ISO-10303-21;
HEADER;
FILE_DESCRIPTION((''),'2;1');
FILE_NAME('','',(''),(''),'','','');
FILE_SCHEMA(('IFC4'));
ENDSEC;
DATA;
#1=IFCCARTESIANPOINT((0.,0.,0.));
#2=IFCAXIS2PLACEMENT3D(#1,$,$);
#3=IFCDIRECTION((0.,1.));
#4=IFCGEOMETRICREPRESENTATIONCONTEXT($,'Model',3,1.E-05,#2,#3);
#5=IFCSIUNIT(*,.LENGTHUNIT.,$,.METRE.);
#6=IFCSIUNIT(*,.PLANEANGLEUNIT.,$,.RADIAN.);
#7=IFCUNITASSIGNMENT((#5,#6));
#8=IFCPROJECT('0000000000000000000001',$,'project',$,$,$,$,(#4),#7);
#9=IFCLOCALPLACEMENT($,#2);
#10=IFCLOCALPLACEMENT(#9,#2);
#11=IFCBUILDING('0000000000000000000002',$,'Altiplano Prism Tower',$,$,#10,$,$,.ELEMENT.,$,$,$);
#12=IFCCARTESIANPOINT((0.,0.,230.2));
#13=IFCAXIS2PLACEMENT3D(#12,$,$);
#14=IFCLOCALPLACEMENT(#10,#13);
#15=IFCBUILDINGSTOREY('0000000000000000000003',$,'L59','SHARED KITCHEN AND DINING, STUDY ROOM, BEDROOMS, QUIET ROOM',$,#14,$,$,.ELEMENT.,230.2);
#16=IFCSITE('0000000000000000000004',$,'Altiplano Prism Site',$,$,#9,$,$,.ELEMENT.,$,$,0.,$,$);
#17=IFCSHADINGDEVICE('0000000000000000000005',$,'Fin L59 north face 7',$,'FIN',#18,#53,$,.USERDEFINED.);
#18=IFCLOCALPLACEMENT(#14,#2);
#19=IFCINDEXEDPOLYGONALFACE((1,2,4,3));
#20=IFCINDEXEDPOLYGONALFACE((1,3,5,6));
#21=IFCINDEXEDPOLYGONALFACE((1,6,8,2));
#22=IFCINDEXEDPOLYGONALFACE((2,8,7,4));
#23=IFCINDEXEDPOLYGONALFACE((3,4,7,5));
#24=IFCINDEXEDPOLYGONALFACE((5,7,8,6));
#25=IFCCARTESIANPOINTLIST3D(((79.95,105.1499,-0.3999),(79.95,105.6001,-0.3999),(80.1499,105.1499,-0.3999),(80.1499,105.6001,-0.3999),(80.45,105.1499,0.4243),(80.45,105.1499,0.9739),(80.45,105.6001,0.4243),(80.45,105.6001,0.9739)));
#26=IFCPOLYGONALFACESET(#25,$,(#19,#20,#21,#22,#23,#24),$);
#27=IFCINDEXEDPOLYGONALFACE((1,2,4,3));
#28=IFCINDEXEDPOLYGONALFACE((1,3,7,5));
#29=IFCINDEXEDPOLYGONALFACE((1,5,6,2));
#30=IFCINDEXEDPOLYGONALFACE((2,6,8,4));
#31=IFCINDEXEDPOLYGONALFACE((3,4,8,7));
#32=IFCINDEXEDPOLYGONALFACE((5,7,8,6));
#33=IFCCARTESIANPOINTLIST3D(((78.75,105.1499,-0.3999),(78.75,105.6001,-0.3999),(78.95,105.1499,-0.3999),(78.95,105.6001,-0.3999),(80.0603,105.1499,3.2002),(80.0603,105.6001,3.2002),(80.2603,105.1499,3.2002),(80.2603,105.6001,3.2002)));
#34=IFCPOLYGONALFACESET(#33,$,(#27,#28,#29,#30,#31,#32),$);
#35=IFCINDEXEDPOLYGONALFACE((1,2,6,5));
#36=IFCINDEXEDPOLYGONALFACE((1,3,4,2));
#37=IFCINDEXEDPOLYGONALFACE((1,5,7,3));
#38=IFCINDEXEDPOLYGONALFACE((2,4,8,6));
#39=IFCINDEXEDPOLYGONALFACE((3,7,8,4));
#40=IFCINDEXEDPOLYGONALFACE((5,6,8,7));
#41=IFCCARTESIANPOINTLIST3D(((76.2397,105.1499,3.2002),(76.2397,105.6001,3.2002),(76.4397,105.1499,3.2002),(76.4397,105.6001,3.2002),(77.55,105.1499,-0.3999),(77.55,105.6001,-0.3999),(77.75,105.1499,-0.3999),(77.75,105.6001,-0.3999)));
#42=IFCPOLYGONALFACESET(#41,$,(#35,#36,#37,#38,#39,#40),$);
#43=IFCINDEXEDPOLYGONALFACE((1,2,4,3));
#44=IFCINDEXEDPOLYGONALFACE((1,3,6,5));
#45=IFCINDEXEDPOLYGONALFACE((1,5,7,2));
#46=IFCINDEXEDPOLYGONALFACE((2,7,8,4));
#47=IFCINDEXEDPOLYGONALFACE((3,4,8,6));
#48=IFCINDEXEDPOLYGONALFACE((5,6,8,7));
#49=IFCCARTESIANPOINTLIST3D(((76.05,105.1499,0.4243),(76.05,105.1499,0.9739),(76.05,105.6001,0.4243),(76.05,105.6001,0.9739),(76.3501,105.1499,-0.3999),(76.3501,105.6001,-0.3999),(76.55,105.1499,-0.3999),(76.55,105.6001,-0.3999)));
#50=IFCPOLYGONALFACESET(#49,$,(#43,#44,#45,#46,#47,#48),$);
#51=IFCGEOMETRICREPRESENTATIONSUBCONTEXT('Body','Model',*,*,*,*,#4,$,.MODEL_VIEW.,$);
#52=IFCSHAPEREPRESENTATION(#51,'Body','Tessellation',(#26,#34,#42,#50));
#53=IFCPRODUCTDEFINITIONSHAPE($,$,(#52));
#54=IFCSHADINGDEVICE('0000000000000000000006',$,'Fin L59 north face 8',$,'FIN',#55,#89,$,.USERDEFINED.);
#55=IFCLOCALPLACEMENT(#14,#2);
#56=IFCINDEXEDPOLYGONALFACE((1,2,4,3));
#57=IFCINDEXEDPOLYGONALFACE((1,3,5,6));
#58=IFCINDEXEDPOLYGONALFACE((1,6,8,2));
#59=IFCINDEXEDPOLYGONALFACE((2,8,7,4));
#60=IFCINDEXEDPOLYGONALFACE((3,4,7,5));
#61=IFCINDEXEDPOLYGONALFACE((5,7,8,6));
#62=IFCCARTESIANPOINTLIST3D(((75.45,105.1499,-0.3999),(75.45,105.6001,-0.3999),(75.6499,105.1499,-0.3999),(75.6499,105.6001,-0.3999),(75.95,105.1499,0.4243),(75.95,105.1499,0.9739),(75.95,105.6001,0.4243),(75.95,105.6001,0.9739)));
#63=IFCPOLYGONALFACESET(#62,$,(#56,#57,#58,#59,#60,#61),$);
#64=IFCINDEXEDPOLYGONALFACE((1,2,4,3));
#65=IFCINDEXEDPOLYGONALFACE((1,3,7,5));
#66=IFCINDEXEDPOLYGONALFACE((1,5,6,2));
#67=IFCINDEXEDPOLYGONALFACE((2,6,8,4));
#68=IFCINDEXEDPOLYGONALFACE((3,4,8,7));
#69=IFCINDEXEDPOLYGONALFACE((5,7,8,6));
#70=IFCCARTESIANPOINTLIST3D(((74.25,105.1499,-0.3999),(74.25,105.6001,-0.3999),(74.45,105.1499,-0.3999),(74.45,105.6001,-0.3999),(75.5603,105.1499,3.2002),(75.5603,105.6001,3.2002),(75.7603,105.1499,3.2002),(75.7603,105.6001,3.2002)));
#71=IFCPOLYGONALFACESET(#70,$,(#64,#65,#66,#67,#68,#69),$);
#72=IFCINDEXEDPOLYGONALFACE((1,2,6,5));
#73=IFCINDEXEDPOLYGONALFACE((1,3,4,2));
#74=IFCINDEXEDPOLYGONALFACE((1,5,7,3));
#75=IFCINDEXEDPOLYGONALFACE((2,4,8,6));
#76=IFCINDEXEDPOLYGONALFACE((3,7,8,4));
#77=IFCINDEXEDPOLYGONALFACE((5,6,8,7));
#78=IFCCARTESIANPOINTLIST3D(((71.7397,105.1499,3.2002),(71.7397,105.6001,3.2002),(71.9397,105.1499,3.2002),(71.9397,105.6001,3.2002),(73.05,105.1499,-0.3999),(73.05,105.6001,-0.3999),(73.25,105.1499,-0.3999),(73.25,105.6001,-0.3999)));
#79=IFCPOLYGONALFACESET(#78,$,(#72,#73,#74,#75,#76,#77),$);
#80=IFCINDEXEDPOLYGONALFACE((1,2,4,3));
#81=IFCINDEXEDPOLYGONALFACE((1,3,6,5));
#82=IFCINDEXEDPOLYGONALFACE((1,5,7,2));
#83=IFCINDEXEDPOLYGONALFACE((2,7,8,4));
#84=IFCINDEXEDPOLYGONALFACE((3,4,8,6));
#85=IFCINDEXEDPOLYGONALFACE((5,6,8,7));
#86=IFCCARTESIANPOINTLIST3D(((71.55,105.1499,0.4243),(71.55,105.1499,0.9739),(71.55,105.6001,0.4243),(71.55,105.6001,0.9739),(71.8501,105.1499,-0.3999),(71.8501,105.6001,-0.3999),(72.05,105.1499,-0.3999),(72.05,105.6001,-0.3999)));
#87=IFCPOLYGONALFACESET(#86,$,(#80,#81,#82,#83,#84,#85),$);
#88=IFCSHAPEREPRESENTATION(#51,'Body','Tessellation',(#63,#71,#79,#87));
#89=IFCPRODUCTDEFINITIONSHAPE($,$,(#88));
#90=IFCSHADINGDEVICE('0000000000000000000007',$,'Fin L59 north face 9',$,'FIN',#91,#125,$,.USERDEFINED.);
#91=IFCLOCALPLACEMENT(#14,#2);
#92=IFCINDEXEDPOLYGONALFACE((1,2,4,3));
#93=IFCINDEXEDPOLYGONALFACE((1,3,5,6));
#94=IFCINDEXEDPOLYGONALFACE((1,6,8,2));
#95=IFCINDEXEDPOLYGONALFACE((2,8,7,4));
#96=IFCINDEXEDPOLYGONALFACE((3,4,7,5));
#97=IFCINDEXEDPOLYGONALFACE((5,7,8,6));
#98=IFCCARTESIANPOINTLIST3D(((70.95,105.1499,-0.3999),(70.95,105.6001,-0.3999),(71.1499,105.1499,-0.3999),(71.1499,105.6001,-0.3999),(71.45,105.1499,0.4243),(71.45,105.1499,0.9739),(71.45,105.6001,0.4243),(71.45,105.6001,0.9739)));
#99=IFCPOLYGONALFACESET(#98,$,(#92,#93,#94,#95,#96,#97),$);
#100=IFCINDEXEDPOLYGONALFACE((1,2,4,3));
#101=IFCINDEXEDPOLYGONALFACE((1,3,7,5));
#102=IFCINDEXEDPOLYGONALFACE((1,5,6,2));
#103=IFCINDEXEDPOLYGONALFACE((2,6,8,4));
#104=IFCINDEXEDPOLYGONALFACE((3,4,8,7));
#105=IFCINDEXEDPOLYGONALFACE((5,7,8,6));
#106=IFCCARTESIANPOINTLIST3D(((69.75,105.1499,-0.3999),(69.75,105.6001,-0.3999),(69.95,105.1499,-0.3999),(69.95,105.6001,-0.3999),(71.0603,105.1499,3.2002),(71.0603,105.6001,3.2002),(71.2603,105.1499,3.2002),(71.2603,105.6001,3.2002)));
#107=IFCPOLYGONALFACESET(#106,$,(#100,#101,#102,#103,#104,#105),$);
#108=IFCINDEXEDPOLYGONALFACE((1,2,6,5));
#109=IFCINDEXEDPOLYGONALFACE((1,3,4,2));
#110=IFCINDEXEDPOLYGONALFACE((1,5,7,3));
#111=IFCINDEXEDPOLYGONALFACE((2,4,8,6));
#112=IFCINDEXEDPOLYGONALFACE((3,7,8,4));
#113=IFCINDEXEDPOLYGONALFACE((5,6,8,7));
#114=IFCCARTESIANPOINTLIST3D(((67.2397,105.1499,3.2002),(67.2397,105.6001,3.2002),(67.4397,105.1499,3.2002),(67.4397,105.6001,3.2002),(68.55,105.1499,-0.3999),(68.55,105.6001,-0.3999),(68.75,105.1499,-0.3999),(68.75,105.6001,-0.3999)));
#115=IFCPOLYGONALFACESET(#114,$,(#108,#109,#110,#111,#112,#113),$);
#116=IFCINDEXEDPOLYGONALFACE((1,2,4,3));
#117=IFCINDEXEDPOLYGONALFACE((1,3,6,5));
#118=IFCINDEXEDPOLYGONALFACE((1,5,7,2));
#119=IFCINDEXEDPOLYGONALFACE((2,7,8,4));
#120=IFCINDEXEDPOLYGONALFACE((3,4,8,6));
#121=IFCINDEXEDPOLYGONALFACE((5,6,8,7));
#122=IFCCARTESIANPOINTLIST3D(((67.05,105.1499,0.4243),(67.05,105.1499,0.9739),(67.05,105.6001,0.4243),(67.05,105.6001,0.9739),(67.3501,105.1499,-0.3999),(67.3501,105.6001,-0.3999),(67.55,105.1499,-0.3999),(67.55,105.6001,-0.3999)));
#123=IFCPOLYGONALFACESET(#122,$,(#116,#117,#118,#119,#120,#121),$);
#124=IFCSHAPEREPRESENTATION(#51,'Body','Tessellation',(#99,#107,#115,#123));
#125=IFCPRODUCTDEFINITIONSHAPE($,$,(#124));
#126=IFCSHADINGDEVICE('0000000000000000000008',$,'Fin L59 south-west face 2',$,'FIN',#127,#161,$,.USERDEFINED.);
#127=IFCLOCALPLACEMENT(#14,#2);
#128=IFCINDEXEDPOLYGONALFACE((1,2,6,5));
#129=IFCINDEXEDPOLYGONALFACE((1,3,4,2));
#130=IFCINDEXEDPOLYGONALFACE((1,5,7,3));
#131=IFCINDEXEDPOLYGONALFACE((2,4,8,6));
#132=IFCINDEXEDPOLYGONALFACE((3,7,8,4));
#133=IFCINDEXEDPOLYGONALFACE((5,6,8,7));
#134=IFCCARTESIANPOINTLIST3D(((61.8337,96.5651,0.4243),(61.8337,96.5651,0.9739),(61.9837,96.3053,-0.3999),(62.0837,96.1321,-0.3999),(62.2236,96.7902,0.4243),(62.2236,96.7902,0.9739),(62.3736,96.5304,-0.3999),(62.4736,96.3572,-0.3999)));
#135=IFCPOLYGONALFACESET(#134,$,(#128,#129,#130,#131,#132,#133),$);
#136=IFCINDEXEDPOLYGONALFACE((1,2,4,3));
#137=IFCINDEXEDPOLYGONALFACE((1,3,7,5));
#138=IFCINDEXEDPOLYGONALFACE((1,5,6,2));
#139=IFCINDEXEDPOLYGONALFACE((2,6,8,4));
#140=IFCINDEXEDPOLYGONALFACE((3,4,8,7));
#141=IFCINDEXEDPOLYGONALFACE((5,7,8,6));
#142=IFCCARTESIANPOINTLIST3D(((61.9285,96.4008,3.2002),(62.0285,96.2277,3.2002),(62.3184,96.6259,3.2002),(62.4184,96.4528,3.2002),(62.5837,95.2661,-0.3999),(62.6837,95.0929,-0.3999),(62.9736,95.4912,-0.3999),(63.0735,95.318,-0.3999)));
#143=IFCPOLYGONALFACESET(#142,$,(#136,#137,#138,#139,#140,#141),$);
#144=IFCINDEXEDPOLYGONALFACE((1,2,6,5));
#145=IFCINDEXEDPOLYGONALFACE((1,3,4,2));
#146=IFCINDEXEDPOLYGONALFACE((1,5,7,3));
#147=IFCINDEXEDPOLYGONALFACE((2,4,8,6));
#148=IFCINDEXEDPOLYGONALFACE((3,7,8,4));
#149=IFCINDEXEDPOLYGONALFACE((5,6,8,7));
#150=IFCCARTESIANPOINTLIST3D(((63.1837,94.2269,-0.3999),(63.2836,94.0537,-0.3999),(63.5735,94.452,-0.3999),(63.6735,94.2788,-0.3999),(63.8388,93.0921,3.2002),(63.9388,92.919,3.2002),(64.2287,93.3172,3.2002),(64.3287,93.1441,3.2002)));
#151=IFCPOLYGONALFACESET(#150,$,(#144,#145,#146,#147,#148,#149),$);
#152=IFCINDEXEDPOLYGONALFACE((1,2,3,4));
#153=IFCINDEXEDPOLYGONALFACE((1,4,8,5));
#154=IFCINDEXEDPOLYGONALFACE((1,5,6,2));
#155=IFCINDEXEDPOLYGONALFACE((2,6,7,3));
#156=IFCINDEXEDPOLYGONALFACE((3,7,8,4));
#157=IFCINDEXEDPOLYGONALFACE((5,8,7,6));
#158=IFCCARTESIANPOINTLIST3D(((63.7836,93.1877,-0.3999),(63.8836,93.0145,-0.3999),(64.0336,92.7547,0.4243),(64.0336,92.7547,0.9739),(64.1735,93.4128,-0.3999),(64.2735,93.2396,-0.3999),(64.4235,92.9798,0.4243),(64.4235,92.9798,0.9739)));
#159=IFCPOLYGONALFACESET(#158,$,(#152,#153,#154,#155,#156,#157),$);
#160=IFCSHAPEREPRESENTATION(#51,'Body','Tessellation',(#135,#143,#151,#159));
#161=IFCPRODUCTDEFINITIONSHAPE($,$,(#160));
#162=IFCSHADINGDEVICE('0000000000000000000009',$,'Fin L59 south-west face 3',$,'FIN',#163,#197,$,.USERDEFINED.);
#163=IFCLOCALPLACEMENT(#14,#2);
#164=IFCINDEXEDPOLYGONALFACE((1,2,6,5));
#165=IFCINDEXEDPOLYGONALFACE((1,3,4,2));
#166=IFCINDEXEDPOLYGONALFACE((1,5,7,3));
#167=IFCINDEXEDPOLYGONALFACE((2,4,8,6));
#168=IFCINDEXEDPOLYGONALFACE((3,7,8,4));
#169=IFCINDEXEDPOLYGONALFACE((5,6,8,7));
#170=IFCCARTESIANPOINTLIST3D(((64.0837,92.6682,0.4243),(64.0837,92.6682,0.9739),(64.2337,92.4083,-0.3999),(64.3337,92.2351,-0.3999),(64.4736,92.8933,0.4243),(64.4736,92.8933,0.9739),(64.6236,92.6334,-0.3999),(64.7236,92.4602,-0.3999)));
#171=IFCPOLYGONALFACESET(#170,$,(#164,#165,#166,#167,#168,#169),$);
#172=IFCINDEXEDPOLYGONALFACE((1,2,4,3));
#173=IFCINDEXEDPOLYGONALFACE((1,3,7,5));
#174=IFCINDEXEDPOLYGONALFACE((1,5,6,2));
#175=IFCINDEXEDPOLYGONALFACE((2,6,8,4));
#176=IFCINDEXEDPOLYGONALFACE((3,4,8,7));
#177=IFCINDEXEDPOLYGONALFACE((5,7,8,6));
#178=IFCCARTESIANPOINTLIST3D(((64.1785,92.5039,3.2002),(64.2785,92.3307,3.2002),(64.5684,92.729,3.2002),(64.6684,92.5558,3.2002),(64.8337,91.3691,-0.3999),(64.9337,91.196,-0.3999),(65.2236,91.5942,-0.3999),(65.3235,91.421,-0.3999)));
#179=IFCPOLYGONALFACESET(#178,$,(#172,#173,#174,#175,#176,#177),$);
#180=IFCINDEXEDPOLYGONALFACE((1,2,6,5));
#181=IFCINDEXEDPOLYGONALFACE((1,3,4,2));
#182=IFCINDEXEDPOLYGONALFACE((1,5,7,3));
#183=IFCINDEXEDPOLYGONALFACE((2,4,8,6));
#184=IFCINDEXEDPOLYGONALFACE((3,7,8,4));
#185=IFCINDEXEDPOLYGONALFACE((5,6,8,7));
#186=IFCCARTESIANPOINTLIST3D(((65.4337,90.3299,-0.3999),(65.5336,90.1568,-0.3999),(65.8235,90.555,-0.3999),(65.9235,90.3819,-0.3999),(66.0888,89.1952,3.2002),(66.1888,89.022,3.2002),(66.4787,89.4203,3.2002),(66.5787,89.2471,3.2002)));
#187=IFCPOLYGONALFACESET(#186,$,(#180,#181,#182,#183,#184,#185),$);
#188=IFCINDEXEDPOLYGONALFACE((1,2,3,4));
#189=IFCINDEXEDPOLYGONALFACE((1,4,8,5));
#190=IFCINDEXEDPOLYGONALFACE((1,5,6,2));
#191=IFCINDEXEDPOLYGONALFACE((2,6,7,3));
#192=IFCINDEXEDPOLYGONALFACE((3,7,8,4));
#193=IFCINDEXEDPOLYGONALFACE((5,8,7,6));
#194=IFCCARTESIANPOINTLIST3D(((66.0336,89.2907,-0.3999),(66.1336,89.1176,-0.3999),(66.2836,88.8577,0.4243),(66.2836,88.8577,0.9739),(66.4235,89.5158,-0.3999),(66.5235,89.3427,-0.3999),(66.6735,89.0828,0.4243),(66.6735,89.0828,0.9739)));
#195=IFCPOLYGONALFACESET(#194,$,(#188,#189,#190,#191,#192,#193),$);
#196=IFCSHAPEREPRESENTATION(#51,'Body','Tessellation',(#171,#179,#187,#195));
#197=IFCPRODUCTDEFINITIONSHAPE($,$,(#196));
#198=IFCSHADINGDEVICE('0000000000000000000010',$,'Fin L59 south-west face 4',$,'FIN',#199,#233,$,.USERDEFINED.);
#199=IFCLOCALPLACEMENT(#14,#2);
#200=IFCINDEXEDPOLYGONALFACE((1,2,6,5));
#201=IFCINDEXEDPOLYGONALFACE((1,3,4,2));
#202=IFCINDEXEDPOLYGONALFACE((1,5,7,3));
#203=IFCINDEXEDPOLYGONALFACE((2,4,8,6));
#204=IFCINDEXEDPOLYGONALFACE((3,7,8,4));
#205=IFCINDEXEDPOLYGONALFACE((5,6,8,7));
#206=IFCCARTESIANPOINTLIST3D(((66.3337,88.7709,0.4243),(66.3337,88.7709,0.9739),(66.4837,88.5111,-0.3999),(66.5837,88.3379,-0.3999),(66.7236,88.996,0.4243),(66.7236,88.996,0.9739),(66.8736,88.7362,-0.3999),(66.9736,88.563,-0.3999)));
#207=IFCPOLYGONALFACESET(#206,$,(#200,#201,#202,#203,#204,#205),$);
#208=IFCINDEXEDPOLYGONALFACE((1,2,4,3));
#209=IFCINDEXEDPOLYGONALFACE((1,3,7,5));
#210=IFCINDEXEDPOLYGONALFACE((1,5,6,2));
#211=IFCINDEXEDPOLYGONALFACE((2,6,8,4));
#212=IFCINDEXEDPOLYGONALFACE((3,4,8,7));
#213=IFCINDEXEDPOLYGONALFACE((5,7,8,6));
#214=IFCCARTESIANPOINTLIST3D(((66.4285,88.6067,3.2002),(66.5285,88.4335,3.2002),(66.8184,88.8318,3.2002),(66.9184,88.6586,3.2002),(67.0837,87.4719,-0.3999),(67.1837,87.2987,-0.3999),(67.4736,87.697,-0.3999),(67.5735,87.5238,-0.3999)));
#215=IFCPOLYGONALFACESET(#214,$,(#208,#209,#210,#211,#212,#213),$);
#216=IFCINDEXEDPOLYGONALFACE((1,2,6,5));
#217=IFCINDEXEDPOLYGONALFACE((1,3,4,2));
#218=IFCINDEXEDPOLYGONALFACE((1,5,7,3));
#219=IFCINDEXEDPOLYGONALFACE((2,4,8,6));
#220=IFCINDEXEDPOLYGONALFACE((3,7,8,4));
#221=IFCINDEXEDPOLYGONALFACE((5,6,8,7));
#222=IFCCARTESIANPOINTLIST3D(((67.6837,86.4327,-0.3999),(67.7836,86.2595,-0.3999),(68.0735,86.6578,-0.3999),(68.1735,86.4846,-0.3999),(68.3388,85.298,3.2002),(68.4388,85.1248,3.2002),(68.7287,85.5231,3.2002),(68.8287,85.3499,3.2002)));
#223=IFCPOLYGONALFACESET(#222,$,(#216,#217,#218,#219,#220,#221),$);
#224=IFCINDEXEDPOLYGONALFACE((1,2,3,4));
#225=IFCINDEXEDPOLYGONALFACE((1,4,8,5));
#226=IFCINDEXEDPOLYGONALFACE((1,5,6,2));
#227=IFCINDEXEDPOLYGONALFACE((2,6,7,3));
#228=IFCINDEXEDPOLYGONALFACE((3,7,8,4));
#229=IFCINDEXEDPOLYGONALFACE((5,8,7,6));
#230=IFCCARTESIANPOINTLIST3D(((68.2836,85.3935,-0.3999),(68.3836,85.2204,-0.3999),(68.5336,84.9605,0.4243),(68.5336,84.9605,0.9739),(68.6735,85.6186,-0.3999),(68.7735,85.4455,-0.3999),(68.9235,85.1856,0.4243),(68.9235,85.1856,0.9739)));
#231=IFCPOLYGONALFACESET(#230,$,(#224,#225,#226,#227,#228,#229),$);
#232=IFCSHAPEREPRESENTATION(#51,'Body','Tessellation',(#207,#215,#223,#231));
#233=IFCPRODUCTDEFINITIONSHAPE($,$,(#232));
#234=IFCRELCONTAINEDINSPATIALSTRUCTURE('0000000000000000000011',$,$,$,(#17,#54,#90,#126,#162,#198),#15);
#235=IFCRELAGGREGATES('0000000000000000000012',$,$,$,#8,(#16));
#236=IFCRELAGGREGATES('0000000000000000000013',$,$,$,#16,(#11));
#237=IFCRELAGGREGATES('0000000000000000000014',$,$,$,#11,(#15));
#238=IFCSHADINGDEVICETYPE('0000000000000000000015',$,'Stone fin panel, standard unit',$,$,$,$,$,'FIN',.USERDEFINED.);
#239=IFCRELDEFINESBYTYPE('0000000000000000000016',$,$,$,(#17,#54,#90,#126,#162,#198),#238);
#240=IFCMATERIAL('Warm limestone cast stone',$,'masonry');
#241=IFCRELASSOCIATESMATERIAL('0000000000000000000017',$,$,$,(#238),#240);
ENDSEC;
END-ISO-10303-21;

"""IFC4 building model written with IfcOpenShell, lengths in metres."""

from ifc_helpers import new_model, si_unit, direction, frame, origin, place, context, subcontext, project, spatial, polyline, outline, extrude, source, transform, mapped, material, type_object, element, save


model = new_model("IFC4")

# Units and contexts
model_context = context("Model", 3, precision=1e-05, world=origin(), true_north=direction((0.0, 1.0)))
body_context = subcontext(model_context, "Body", "Model", "MODEL_VIEW")
ifc_project = project(units=[si_unit("LENGTHUNIT", "METRE"), si_unit("PLANEANGLEUNIT", "RADIAN")], contexts=[model_context])

# Site, building, storey
site_placement = place(None, origin())
site = spatial("IfcSite", under=ifc_project, at=site_placement, Name="Altiplano Prism Site", CompositionType="ELEMENT", RefElevation=0.0)
building_placement = place(site_placement, origin())
building = spatial("IfcBuilding", under=site, at=building_placement, Name="Altiplano Prism Tower", CompositionType="ELEMENT")
storey_placement = place(building_placement, frame((0.0, 0.0, 230.2)))
storey = spatial("IfcBuildingStorey", under=building, at=storey_placement, Name="L59", Description="SHARED KITCHEN AND DINING, STUDY ROOM, BEDROOMS, QUIET ROOM", CompositionType="ELEMENT", Elevation=230.2)

# Shading devices
ifc_material_1 = material(Name="Warm limestone cast stone", Category="masonry")
shading_device_type_1 = type_object("IfcShadingDeviceType", Name="Stone fin panel, standard unit", ElementType="FIN", PredefinedType="USERDEFINED", material=ifc_material_1)
shared_shape_1 = source(origin(), body_context, "Body", "SweptSolid", [
    extrude(outline(polyline([(-2.2, 1.3738), (-2.2, 0.8242), (-1.8999, 0.0), (-1.7, 0.0), (-2.2, 1.3738)])), frame((0.0, -0.1499, 0.0), z_axis=(0.0, -1.0, 0.0), x_axis=(1.0, 0.0, 0.0)), (0.0, 0.0, 1.0), 0.4502),
    extrude(outline(polyline([(-2.0103, 3.6001), (-0.7, 0.0), (-0.5, 0.0), (-1.8103, 3.6001), (-2.0103, 3.6001)])), frame((0.0, -0.1499, 0.0), z_axis=(0.0, -1.0, 0.0), x_axis=(1.0, 0.0, 0.0)), (0.0, 0.0, 1.0), 0.4502),
    extrude(outline(polyline([(1.8103, 3.6001), (0.5, 0.0), (0.7, 0.0), (2.0103, 3.6001), (1.8103, 3.6001)])), frame((0.0, -0.1499, 0.0), z_axis=(0.0, -1.0, 0.0), x_axis=(1.0, 0.0, 0.0)), (0.0, 0.0, 1.0), 0.4502),
    extrude(outline(polyline([(2.2, 0.8242), (2.2, 1.3738), (1.7, 0.0), (1.8999, 0.0), (2.2, 0.8242)])), frame((0.0, -0.1499, 0.0), z_axis=(0.0, -1.0, 0.0), x_axis=(1.0, 0.0, 0.0)), (0.0, 0.0, 1.0), 0.4502),
])
shading_device_1_placement = place(storey_placement, origin())
element("IfcShadingDevice", 1, at=shading_device_1_placement, inside=storey, type_object=shading_device_type_1, Name="Fin L59 north face 7", ObjectType="FIN", PredefinedType="USERDEFINED", context=body_context, shape_type="MappedRepresentation", body=[
    mapped(shared_shape_1, transform((78.25, 105.0, -0.3999), x_axis=(-1.0, 0.0, 0.0), y_axis=(0.0, -1.0, 0.0), z_axis=(0.0, 0.0, 1.0))),
])
shading_device_2_placement = place(storey_placement, origin())
element("IfcShadingDevice", 2, at=shading_device_2_placement, inside=storey, type_object=shading_device_type_1, Name="Fin L59 north face 8", ObjectType="FIN", PredefinedType="USERDEFINED", context=body_context, shape_type="MappedRepresentation", body=[
    mapped(shared_shape_1, transform((73.75, 105.0, -0.3999), x_axis=(-1.0, 0.0, 0.0), y_axis=(0.0, -1.0, 0.0), z_axis=(0.0, 0.0, 1.0))),
])
shading_device_3_placement = place(storey_placement, origin())
element("IfcShadingDevice", 3, at=shading_device_3_placement, inside=storey, type_object=shading_device_type_1, Name="Fin L59 north face 9", ObjectType="FIN", PredefinedType="USERDEFINED", context=body_context, shape_type="MappedRepresentation", body=[
    mapped(shared_shape_1, transform((69.25, 105.0, -0.3999), x_axis=(-1.0, 0.0, 0.0), y_axis=(0.0, -1.0, 0.0), z_axis=(0.0, 0.0, 1.0))),
])
shading_device_4_placement = place(storey_placement, origin())
element("IfcShadingDevice", 4, at=shading_device_4_placement, inside=storey, type_object=shading_device_type_1, Name="Fin L59 south-west face 2", ObjectType="FIN", PredefinedType="USERDEFINED", context=body_context, shape_type="MappedRepresentation", body=[
    mapped(shared_shape_1, transform((63.4534, 94.96, -0.3999), x_axis=(0.5, -0.866025, 0.0), y_axis=(0.866025, 0.5, 0.0), z_axis=(0.0, 0.0, 1.0))),
])
shading_device_5_placement = place(storey_placement, origin())
element("IfcShadingDevice", 5, at=shading_device_5_placement, inside=storey, type_object=shading_device_type_1, Name="Fin L59 south-west face 3", ObjectType="FIN", PredefinedType="USERDEFINED", context=body_context, shape_type="MappedRepresentation", body=[
    mapped(shared_shape_1, transform((65.7034, 91.063, -0.3999), x_axis=(0.5, -0.866025, 0.0), y_axis=(0.866025, 0.5, 0.0), z_axis=(0.0, 0.0, 1.0))),
])
shading_device_6_placement = place(storey_placement, origin())
element("IfcShadingDevice", 6, at=shading_device_6_placement, inside=storey, type_object=shading_device_type_1, Name="Fin L59 south-west face 4", ObjectType="FIN", PredefinedType="USERDEFINED", context=body_context, shape_type="MappedRepresentation", body=[
    mapped(shared_shape_1, transform((67.9534, 87.1658, -0.3999), x_axis=(0.5, -0.866025, 0.0), y_axis=(0.866025, 0.5, 0.0), z_axis=(0.0, 0.0, 1.0))),
])

save(model, "model.ifc")
